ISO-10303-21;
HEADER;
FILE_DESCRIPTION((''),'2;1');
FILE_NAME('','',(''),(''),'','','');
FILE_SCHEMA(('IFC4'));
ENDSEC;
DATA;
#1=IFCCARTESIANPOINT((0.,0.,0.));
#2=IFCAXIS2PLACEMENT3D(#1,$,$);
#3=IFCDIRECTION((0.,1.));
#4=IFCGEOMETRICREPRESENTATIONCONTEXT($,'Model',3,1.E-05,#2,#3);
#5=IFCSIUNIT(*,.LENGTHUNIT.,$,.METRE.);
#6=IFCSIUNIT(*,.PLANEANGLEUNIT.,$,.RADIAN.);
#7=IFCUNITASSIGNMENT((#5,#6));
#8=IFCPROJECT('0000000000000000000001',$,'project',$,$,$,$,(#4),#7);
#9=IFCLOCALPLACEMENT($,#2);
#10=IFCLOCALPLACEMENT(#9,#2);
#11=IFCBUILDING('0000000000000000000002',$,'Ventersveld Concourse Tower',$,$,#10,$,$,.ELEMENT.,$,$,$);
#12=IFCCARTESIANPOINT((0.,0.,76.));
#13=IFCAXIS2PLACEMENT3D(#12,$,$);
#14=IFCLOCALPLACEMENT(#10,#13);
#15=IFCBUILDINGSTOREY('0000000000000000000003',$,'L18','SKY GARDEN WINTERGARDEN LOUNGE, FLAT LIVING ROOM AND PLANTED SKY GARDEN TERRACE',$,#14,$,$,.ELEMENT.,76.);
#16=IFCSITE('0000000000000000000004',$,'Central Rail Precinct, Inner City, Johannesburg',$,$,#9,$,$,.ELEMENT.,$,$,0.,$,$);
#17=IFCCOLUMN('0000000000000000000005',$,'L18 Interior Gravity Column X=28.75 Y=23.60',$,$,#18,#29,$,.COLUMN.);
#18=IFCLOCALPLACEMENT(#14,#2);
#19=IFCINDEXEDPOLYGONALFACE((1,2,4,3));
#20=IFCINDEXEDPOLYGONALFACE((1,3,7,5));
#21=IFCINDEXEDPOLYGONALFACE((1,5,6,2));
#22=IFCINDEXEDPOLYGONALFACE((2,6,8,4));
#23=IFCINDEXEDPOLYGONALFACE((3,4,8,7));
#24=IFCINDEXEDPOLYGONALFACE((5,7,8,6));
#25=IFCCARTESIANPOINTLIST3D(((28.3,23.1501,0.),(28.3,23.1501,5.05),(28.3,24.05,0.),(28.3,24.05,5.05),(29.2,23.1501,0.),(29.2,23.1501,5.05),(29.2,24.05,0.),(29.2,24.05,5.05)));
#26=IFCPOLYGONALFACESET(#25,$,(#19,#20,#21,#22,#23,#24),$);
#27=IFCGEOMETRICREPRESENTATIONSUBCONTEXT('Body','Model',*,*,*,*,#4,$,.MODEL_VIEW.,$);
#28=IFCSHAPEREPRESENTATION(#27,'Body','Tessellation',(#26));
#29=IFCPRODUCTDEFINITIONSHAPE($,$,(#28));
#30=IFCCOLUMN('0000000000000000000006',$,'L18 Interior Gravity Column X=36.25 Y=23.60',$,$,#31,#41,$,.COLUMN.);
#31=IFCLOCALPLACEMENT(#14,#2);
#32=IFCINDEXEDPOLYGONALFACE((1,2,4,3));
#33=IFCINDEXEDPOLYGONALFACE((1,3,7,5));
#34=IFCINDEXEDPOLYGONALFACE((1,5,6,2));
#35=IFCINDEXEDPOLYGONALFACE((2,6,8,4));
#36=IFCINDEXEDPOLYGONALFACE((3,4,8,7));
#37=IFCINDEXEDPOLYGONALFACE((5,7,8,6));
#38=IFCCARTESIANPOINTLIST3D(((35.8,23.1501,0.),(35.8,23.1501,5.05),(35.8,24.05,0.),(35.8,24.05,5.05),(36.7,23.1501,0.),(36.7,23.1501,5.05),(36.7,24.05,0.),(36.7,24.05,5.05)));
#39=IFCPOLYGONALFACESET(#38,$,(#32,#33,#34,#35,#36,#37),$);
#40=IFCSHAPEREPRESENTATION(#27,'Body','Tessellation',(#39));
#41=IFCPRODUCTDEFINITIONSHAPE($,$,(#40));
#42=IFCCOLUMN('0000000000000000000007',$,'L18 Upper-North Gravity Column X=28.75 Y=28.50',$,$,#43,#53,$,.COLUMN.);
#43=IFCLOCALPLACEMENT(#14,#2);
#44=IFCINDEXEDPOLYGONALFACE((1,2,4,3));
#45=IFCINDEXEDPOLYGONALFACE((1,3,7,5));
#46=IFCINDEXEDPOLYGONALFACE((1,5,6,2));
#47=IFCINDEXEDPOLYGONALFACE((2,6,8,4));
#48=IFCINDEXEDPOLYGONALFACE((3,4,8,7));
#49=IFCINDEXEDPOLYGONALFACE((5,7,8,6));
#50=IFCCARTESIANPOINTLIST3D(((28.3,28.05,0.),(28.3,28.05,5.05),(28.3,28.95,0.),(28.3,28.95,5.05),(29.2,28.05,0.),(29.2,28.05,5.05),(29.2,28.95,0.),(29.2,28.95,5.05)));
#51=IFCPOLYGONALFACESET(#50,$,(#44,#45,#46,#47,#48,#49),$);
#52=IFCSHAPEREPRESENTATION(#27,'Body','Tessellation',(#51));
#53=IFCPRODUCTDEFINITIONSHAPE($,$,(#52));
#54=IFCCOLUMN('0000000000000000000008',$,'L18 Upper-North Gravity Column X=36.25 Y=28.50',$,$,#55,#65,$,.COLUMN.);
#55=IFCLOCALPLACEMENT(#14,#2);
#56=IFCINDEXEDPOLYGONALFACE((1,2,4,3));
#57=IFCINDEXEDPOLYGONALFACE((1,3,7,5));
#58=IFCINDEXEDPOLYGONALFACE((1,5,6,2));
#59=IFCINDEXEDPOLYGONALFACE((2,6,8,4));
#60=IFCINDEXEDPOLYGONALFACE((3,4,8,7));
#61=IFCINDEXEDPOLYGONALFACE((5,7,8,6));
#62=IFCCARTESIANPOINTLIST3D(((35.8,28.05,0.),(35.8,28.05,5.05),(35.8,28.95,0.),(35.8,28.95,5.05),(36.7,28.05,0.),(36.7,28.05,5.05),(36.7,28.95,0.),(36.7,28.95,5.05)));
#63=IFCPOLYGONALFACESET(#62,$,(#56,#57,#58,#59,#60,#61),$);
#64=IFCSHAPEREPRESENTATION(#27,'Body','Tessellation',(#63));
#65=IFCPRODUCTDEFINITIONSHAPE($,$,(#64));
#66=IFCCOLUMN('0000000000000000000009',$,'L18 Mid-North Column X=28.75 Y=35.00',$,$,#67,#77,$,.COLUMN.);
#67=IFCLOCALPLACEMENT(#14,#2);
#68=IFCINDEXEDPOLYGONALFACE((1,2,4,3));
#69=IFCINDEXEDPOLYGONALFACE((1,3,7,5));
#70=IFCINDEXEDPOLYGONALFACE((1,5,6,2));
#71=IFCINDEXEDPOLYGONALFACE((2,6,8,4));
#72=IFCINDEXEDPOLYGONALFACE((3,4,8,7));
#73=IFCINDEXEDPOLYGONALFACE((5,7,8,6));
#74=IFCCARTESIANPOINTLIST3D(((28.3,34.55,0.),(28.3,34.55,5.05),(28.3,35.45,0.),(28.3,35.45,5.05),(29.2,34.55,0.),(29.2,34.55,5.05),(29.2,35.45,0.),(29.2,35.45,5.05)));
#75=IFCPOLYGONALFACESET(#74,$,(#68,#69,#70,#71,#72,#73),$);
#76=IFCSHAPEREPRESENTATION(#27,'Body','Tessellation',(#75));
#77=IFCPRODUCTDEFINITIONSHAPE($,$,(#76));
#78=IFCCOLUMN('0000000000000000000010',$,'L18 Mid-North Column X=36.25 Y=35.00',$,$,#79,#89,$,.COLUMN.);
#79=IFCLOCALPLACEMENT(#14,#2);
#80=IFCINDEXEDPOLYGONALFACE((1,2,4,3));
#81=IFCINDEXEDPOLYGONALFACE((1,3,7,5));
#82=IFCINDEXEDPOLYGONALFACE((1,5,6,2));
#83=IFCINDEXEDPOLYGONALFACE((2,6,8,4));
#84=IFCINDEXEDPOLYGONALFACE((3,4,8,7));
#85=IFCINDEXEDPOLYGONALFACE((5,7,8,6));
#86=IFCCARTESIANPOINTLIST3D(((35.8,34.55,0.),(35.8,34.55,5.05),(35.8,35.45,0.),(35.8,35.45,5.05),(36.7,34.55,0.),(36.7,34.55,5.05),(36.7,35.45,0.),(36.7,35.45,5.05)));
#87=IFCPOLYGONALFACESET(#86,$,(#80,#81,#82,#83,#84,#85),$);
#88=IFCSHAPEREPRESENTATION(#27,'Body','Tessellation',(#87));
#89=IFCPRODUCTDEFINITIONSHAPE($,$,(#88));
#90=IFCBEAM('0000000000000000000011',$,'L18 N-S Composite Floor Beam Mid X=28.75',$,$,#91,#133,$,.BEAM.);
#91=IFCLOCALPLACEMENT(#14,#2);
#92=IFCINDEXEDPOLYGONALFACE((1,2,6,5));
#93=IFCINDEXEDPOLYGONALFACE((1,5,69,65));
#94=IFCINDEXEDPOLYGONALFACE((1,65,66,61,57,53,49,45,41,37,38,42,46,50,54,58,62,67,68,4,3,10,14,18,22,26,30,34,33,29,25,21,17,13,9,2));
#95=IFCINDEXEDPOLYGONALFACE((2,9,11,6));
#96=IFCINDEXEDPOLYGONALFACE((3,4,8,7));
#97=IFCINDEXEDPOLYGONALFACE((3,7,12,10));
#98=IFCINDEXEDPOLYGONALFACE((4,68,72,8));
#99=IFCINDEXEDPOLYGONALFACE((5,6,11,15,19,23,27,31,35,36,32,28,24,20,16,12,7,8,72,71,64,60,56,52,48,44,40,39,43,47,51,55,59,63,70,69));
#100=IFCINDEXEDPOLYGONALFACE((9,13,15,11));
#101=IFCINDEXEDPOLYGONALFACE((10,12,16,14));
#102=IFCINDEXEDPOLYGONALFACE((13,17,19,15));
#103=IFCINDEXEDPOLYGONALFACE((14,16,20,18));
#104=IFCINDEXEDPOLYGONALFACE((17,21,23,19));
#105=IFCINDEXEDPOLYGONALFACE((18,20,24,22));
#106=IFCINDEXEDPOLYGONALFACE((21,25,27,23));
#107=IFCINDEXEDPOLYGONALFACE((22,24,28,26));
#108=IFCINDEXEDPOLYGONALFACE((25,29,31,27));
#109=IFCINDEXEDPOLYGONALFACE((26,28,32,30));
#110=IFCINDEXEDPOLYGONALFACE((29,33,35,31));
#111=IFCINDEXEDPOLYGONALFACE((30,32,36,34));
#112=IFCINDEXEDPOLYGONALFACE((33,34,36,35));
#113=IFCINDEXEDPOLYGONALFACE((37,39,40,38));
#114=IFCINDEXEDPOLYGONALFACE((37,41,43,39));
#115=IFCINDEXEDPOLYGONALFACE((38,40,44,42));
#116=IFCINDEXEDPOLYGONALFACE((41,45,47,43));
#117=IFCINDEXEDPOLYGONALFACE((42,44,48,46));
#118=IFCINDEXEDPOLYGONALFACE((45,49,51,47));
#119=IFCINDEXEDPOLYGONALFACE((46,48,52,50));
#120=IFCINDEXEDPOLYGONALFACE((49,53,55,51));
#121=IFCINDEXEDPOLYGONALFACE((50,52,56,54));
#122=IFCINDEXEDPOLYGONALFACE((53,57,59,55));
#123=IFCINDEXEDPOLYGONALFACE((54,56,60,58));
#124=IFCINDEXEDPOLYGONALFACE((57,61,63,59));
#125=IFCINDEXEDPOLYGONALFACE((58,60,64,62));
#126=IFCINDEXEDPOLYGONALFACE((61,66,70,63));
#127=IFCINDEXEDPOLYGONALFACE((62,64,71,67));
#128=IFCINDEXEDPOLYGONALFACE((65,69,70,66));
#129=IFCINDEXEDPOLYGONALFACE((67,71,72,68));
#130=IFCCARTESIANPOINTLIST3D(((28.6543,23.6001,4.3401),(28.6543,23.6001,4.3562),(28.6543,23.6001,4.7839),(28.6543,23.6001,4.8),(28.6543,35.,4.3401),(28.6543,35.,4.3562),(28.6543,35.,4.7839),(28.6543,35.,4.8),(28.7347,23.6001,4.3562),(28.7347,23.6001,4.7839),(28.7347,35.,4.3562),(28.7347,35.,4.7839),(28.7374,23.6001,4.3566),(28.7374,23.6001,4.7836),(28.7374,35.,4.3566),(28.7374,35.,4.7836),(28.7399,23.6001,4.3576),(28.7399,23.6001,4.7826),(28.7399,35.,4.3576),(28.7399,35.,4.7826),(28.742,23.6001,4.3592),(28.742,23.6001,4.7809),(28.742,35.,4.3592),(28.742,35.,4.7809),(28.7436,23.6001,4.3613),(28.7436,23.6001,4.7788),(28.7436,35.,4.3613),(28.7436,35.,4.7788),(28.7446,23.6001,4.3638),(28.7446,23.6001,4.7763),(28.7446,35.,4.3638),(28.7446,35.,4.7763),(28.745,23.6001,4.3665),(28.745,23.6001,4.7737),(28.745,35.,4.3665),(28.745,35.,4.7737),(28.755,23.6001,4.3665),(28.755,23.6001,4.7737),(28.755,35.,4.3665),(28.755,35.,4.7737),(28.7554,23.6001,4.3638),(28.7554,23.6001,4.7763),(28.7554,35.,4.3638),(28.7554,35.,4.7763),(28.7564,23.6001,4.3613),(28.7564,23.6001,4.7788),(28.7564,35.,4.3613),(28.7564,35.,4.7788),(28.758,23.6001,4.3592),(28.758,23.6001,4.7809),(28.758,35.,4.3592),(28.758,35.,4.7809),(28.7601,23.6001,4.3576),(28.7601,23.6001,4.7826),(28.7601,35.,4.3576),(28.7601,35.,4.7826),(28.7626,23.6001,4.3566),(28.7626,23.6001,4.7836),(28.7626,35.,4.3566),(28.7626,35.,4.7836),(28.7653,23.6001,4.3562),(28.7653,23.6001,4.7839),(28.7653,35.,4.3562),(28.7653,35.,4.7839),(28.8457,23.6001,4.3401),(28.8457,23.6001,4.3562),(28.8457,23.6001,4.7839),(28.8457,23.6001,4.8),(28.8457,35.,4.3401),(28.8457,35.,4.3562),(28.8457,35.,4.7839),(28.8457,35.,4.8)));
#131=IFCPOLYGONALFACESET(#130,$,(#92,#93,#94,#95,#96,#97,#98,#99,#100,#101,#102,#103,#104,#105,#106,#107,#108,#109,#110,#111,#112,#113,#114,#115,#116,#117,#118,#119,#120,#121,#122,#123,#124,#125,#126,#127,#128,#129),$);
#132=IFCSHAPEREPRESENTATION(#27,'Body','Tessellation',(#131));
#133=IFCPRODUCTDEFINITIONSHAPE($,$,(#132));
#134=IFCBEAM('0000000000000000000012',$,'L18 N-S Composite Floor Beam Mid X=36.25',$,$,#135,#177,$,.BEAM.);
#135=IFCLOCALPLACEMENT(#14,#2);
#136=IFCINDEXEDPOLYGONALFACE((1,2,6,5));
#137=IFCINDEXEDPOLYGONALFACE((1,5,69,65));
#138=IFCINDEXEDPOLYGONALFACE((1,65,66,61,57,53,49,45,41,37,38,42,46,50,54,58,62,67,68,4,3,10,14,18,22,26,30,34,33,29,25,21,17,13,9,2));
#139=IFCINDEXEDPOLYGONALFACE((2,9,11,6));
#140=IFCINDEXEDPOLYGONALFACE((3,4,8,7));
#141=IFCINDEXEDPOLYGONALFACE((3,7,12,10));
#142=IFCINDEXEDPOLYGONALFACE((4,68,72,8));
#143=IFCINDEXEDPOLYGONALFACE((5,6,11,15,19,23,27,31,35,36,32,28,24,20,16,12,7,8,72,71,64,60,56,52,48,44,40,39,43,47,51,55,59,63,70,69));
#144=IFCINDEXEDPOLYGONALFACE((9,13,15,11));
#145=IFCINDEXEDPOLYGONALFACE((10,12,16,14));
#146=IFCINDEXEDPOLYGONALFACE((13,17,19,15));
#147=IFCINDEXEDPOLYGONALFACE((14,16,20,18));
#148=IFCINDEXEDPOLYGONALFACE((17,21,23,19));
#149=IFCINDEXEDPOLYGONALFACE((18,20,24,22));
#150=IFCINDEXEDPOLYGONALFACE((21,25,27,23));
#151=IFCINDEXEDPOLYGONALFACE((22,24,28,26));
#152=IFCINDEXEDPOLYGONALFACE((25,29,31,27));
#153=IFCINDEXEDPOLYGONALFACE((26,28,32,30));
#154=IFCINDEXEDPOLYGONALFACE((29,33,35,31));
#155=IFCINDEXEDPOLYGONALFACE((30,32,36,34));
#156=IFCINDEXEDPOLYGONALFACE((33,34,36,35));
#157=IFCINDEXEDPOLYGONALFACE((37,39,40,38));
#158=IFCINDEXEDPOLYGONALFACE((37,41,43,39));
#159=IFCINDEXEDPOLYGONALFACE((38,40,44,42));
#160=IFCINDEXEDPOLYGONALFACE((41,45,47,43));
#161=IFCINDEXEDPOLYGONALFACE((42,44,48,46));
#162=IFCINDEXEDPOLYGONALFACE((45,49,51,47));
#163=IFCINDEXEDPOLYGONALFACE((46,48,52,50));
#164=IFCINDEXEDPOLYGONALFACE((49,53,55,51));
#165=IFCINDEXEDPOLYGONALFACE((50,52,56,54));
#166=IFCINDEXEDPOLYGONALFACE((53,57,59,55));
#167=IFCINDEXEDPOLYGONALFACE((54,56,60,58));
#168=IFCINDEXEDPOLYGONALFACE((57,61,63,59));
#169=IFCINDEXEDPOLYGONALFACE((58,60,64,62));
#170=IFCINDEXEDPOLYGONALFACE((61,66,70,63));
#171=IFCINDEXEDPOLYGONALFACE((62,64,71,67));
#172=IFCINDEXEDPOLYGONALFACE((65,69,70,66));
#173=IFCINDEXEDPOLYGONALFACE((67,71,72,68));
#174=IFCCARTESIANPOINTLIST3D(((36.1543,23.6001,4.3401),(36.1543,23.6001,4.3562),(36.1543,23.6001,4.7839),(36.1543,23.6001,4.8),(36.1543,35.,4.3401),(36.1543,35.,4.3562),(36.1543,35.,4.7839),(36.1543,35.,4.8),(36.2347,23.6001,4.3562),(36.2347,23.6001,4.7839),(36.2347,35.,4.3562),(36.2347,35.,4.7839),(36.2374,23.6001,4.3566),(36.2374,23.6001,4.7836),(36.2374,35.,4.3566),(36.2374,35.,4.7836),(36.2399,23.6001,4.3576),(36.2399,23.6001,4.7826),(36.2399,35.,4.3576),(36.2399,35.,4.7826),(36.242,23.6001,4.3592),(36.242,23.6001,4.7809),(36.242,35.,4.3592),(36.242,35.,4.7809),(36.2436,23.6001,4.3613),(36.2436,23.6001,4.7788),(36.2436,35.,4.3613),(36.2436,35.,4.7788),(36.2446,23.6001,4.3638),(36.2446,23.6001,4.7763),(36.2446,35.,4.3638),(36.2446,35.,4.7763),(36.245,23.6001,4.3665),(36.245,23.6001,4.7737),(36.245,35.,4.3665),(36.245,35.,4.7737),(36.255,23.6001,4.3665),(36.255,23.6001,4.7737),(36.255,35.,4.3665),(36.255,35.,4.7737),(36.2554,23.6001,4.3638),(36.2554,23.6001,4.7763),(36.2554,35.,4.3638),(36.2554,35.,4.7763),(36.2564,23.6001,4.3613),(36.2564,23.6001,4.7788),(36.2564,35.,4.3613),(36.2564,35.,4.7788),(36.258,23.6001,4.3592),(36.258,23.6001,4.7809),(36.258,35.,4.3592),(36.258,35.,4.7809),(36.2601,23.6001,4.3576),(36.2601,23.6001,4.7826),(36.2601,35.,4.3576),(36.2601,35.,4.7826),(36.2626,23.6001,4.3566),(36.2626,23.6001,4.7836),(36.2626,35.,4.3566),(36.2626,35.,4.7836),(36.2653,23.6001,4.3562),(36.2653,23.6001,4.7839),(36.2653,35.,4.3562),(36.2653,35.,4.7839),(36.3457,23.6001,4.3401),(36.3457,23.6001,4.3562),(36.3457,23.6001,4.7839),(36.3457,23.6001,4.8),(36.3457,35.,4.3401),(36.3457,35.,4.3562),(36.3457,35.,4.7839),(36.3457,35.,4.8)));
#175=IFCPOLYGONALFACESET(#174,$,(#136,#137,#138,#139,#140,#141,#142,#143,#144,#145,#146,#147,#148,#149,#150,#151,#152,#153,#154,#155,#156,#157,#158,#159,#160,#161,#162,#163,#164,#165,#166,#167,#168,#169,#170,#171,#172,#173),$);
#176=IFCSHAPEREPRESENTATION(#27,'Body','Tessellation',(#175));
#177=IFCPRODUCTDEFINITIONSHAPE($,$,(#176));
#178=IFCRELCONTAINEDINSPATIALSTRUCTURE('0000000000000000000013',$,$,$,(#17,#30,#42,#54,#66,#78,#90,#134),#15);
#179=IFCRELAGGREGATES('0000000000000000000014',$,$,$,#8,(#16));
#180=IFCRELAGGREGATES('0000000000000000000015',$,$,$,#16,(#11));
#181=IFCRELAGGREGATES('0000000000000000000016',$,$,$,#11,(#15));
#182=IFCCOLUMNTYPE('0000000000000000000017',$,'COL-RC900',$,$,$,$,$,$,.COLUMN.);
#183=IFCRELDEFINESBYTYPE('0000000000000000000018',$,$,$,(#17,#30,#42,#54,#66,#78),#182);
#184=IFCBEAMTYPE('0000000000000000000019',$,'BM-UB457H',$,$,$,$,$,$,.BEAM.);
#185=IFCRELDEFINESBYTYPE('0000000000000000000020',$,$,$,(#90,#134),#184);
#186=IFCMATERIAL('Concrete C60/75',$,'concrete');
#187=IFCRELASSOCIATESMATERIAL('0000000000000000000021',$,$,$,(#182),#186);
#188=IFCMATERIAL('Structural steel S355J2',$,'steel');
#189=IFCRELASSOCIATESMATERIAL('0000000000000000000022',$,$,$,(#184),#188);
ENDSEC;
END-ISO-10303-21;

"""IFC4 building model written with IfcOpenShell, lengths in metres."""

from ifc_helpers import new_model, si_unit, direction, frame, origin, origin_2d, place, context, subcontext, project, spatial, rectangle, i_section, extrude, material, material_profile, profile_set, type_object, element, save


model = new_model("IFC4")

# Units and contexts
model_context = context("Model", 3, precision=1e-05, world=origin(), true_north=direction((0.0, 1.0)))
body_context = subcontext(model_context, "Body", "Model", "MODEL_VIEW")
ifc_project = project(units=[si_unit("LENGTHUNIT", "METRE"), si_unit("PLANEANGLEUNIT", "RADIAN")], contexts=[model_context])

# Site, building, storey
site_placement = place(None, origin())
site = spatial("IfcSite", under=ifc_project, at=site_placement, Name="Central Rail Precinct, Inner City, Johannesburg", CompositionType="ELEMENT", RefElevation=0.0)
building_placement = place(site_placement, origin())
building = spatial("IfcBuilding", under=site, at=building_placement, Name="Ventersveld Concourse Tower", CompositionType="ELEMENT")
storey_placement = place(building_placement, frame((0.0, 0.0, 76.0)))
storey = spatial("IfcBuildingStorey", under=building, at=storey_placement, Name="L18", Description="SKY GARDEN WINTERGARDEN LOUNGE, FLAT LIVING ROOM AND PLANTED SKY GARDEN TERRACE", CompositionType="ELEMENT", Elevation=76.0)

# Columns
ifc_material_1 = material(Name="Concrete C60/75", Category="concrete")
ifc_material_profile_1 = material_profile(ifc_material_1, rectangle(XDim=0.8999, YDim=0.8999, at=origin_2d()), Name="RC 900x900")
ifc_profile_set_1 = profile_set([ifc_material_profile_1], Name="Concrete C60/75")
column_type = type_object("IfcColumnType", Name="COL-RC900", PredefinedType="COLUMN", material=ifc_profile_set_1)
for number, where, z_axis, x_axis, name in (
    (1, (28.75, 23.6001, 0.0), (0.0, 0.0, 1.0), (1.0, 0.0, 0.0), "L18 Interior Gravity Column X=28.75 Y=23.60"),
    (2, (36.25, 23.6001, 0.0), (0.0, 0.0, 1.0), (1.0, 0.0, 0.0), "L18 Interior Gravity Column X=36.25 Y=23.60"),
    (3, (28.75, 28.5, 0.0), (0.0, 0.0, 1.0), (1.0, 0.0, 0.0), "L18 Upper-North Gravity Column X=28.75 Y=28.50"),
    (4, (36.25, 28.5, 0.0), (0.0, 0.0, 1.0), (1.0, 0.0, 0.0), "L18 Upper-North Gravity Column X=36.25 Y=28.50"),
    (5, (28.75, 35.0, 0.0), (0.0, 0.0, 1.0), (1.0, 0.0, 0.0), "L18 Mid-North Column X=28.75 Y=35.00"),
    (6, (36.25, 35.0, 0.0), (0.0, 0.0, 1.0), (1.0, 0.0, 0.0), "L18 Mid-North Column X=36.25 Y=35.00"),
):
    element("IfcColumn", number, at=place(storey_placement, frame(where, z_axis=z_axis, x_axis=x_axis)), inside=storey, type_object=column_type, Name=name, PredefinedType="COLUMN", context=body_context, shape_type="SweptSolid", body=[
        extrude(rectangle(XDim=0.8999, YDim=0.8999, at=origin_2d()), origin(), (0.0, 0.0, 1.0), 5.05),
    ])

# Beams
ifc_material_2 = material(Name="Structural steel S355J2", Category="steel")
ifc_material_profile_2 = material_profile(ifc_material_2, i_section(OverallWidth=0.1914, OverallDepth=0.46, WebThickness=0.01, FlangeThickness=0.0161, FilletRadius=0.0103, at=origin_2d()), Name="UB 457x191x82")
ifc_profile_set_2 = profile_set([ifc_material_profile_2], Name="Structural steel S355J2")
beam_type_1 = type_object("IfcBeamType", Name="BM-UB457H", PredefinedType="BEAM", material=ifc_profile_set_2)
for number, where, z_axis, x_axis, name in (
    (7, (28.75, 23.6001, 4.5701), (0.0, 1.0, 0.0), (-1.0, 0.0, 0.0), "L18 N-S Composite Floor Beam Mid X=28.75"),
    (8, (36.25, 23.6001, 4.5701), (0.0, 1.0, 0.0), (-1.0, 0.0, 0.0), "L18 N-S Composite Floor Beam Mid X=36.25"),
):
    element("IfcBeam", number, at=place(storey_placement, frame(where, z_axis=z_axis, x_axis=x_axis)), inside=storey, type_object=beam_type_1, Name=name, PredefinedType="BEAM", context=body_context, shape_type="SweptSolid", body=[
        extrude(i_section(OverallWidth=0.1914, OverallDepth=0.46, WebThickness=0.01, FlangeThickness=0.0161, FilletRadius=0.0103, at=origin_2d()), origin(), (0.0, 0.0, 1.0), 11.3999),
    ])

save(model, "model.ifc")
